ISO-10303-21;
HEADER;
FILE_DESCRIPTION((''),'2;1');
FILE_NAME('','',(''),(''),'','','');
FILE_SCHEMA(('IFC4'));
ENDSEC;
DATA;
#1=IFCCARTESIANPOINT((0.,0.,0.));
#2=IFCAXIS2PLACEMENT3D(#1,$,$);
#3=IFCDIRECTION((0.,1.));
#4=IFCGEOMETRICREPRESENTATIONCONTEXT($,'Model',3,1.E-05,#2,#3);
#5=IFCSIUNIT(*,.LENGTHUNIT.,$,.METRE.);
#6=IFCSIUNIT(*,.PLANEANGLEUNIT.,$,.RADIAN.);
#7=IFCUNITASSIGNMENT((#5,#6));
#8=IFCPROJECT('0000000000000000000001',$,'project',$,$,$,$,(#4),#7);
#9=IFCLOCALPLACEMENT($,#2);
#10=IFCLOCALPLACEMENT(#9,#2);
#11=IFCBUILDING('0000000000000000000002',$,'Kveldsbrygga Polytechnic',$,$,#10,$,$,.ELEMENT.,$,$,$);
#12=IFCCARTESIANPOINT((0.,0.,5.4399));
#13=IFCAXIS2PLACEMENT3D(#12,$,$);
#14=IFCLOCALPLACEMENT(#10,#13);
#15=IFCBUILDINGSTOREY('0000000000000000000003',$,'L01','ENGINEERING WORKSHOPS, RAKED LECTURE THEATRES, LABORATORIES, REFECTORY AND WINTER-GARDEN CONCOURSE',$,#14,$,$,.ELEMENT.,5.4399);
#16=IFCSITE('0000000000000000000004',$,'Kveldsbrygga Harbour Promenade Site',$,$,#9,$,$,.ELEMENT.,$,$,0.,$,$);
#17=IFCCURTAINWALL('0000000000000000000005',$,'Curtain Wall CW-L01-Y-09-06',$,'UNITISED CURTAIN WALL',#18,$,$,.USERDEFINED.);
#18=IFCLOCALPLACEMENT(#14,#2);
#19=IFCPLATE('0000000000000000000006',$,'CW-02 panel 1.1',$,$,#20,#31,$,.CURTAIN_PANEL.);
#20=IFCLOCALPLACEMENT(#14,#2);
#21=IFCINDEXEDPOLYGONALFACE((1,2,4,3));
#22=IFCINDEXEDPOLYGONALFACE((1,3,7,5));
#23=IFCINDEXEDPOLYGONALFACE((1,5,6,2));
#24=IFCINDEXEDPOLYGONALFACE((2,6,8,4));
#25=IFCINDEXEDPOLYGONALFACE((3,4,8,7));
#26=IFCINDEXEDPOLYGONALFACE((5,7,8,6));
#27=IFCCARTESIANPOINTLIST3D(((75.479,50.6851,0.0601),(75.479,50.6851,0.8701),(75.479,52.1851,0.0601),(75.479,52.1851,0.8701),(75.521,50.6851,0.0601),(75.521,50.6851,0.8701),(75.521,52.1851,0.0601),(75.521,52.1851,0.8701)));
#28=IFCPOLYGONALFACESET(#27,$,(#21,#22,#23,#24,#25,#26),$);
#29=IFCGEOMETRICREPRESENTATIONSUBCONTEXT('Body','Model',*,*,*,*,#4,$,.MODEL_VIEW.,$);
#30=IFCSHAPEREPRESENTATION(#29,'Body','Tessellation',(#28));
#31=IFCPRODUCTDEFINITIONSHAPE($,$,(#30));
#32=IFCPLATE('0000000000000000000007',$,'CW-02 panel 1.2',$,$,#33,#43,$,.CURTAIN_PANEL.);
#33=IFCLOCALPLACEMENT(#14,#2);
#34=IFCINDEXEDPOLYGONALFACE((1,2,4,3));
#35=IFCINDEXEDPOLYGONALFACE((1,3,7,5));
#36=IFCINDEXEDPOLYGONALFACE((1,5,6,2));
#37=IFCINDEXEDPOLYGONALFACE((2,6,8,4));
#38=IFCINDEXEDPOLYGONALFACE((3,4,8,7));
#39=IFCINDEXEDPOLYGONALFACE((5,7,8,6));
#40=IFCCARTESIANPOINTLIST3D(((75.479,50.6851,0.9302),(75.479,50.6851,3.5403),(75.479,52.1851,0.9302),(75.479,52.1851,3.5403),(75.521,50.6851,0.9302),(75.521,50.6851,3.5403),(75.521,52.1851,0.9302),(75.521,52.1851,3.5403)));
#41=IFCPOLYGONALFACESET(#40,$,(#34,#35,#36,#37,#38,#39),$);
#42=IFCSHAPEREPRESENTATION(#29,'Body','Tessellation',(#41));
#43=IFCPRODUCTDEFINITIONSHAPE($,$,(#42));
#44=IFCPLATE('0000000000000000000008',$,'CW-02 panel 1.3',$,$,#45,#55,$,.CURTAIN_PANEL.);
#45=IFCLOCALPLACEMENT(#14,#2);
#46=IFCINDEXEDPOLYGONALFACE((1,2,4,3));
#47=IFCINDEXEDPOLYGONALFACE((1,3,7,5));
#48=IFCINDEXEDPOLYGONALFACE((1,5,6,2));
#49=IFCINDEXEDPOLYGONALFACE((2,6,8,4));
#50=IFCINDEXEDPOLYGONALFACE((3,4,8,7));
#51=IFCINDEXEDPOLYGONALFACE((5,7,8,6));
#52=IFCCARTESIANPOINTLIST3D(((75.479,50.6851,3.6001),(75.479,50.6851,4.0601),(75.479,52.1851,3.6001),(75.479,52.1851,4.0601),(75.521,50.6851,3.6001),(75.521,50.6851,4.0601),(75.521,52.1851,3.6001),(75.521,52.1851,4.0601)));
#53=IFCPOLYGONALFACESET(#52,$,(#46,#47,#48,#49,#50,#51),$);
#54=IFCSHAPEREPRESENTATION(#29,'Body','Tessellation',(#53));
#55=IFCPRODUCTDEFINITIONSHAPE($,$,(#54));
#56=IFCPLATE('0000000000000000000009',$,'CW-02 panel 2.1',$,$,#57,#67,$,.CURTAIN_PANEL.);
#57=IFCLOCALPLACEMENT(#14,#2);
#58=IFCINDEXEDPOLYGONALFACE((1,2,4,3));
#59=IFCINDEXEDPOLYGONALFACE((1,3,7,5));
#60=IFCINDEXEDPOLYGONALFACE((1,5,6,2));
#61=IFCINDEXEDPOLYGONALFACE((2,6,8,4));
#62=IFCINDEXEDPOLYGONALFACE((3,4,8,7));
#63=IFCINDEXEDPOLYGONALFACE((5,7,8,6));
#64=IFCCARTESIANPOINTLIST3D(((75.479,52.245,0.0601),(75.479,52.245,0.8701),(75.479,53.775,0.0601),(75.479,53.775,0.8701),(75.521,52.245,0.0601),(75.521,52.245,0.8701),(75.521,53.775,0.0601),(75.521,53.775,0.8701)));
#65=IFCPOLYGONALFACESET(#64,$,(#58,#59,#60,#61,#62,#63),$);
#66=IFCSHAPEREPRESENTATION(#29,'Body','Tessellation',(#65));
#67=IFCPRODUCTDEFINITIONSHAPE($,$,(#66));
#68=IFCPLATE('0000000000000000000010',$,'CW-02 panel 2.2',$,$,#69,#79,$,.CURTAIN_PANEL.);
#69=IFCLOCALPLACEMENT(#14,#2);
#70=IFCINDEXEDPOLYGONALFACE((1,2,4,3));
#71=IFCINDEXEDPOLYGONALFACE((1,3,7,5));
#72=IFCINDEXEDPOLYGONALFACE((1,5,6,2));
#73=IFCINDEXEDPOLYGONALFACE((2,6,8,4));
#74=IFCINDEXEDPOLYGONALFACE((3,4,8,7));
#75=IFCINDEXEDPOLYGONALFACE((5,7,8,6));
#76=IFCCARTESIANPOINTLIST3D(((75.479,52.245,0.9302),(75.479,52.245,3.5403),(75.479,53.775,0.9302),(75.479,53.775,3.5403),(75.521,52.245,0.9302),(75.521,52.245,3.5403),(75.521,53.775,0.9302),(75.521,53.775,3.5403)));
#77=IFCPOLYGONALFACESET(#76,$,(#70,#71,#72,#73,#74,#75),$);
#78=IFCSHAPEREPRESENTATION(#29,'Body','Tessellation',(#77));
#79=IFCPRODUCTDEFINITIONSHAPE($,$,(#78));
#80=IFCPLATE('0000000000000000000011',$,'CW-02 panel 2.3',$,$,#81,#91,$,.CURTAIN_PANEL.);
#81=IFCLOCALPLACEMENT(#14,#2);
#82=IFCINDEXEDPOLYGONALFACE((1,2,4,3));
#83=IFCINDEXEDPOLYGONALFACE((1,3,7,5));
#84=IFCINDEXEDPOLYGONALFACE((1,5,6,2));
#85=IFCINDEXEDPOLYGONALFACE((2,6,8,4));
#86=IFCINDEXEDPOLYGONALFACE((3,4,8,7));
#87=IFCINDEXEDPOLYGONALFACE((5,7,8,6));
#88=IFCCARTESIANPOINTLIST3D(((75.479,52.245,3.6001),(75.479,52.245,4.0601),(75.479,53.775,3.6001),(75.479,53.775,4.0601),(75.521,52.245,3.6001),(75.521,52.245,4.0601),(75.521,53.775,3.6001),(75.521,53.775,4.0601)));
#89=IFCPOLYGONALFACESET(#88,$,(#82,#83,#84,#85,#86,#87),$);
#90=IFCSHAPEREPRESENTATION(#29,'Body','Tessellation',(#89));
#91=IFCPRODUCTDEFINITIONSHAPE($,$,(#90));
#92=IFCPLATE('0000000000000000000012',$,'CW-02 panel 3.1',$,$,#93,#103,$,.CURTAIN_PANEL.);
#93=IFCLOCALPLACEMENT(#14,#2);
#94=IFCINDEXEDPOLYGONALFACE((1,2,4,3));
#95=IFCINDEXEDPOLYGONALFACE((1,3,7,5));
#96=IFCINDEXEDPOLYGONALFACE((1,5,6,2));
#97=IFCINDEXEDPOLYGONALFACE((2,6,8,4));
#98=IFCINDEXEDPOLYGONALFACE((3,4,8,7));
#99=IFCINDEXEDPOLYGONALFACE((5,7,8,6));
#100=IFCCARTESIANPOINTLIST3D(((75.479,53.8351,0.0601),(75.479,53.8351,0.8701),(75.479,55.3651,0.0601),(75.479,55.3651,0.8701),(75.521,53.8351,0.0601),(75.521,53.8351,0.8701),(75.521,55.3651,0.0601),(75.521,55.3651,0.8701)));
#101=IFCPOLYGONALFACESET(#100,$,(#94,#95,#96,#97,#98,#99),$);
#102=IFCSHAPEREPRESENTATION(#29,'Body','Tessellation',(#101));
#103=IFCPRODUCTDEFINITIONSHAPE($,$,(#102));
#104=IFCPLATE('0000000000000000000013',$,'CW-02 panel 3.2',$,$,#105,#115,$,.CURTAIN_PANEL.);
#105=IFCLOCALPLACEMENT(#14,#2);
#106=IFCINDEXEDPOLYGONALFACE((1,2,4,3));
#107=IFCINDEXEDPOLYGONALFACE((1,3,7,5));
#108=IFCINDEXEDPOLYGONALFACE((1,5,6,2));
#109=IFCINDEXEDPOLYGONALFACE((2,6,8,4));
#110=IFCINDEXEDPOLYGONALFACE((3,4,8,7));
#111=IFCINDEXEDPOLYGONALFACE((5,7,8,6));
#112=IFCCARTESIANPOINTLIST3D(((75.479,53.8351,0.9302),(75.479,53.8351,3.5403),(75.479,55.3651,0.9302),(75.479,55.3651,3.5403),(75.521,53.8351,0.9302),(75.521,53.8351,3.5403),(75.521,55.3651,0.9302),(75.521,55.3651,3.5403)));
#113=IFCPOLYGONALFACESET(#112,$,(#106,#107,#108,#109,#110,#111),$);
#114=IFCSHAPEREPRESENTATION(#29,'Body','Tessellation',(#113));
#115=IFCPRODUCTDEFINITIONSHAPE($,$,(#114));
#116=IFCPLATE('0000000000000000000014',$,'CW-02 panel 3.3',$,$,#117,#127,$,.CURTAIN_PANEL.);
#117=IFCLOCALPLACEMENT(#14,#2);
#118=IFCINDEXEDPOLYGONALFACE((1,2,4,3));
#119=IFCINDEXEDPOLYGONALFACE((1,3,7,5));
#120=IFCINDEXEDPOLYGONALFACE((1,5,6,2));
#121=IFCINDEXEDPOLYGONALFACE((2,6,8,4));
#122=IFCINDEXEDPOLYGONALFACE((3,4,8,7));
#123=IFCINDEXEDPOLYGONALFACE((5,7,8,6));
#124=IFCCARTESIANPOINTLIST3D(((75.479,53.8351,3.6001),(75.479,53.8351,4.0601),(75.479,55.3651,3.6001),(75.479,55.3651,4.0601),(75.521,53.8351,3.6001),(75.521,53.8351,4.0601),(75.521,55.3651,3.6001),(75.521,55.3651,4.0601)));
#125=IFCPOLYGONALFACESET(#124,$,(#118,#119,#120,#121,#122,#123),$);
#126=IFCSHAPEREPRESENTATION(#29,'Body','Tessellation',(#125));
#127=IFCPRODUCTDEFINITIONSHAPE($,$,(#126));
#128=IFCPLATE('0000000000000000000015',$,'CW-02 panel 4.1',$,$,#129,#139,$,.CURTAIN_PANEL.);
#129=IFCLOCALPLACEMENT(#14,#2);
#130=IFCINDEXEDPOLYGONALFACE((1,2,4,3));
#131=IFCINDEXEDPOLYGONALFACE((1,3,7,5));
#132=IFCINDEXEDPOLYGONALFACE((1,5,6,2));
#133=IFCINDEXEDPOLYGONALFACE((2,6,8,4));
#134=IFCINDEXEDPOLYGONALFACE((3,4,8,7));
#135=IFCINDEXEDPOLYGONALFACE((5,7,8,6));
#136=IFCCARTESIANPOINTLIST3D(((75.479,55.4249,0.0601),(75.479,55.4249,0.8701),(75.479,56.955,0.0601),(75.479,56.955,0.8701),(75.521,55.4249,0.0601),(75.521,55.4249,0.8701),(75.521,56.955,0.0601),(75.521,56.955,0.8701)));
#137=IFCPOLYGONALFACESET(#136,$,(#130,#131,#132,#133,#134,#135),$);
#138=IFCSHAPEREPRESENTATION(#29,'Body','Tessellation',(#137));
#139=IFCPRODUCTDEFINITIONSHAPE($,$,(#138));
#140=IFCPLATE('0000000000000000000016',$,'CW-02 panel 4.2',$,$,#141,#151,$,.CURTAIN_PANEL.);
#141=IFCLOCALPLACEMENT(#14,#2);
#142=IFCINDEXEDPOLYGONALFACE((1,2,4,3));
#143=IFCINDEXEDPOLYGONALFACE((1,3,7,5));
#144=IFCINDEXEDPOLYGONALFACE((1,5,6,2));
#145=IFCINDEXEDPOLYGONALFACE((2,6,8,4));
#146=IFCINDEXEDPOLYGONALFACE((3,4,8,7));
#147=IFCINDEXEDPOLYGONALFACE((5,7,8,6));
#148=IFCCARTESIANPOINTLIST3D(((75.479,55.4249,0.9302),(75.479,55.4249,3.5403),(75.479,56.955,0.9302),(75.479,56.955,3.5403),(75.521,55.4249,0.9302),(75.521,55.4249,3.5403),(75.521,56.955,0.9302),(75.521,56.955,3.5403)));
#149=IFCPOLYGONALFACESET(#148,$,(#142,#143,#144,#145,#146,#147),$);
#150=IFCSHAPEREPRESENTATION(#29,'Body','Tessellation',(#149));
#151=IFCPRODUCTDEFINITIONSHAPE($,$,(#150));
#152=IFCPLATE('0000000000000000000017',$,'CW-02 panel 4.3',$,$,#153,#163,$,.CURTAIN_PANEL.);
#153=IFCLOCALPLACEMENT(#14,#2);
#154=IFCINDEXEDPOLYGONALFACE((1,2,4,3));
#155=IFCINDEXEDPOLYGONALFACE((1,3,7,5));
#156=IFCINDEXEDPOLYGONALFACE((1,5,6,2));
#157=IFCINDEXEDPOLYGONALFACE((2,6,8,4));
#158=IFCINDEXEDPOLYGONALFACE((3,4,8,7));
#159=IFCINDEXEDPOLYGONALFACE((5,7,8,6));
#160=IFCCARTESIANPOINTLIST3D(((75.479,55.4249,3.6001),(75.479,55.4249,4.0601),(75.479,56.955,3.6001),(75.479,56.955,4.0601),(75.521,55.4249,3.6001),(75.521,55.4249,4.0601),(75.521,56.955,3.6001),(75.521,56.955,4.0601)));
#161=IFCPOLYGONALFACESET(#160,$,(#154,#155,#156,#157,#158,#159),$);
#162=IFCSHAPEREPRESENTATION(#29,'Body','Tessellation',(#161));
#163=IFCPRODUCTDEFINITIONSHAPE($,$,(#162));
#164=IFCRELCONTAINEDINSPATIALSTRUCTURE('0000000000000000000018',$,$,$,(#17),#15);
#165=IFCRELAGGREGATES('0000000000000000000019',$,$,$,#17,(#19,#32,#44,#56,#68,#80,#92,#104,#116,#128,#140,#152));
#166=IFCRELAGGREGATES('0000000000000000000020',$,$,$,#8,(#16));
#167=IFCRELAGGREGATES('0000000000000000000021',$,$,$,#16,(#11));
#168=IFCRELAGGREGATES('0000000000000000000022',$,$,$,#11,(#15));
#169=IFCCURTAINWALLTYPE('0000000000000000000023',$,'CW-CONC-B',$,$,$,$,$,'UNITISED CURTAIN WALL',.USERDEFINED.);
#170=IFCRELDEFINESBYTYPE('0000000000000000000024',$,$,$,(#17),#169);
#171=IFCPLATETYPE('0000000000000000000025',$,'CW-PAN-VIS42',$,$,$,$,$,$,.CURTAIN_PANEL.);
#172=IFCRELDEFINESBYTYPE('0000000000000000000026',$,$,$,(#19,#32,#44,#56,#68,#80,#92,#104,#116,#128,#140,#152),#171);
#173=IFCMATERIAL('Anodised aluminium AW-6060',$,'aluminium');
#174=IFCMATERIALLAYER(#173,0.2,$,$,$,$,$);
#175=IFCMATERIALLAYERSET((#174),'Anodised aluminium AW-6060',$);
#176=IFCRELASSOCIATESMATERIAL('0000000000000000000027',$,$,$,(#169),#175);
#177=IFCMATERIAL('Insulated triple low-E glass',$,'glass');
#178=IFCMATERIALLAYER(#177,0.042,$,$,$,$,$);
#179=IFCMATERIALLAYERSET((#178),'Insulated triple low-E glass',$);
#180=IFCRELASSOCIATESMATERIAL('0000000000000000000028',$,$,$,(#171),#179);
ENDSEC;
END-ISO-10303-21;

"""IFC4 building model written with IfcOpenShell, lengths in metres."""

from ifc_helpers import new_model, si_unit, direction, frame, origin, origin_2d, place, context, subcontext, project, spatial, rectangle, extrude, material, layer, layer_set, type_object, element, aggregate, save


model = new_model("IFC4")

# Units and contexts
model_context = context("Model", 3, precision=1e-05, world=origin(), true_north=direction((0.0, 1.0)))
body_context = subcontext(model_context, "Body", "Model", "MODEL_VIEW")
ifc_project = project(units=[si_unit("LENGTHUNIT", "METRE"), si_unit("PLANEANGLEUNIT", "RADIAN")], contexts=[model_context])

# Site, building, storey
site_placement = place(None, origin())
site = spatial("IfcSite", under=ifc_project, at=site_placement, Name="Kveldsbrygga Harbour Promenade Site", CompositionType="ELEMENT", RefElevation=0.0)
building_placement = place(site_placement, origin())
building = spatial("IfcBuilding", under=site, at=building_placement, Name="Kveldsbrygga Polytechnic", CompositionType="ELEMENT")
storey_placement = place(building_placement, frame((0.0, 0.0, 5.4399)))
storey = spatial("IfcBuildingStorey", under=building, at=storey_placement, Name="L01", Description="ENGINEERING WORKSHOPS, RAKED LECTURE THEATRES, LABORATORIES, REFECTORY AND WINTER-GARDEN CONCOURSE", CompositionType="ELEMENT", Elevation=5.4399)

# Shared definitions
ifc_material_1 = material(Name="Anodised aluminium AW-6060", Category="aluminium")

# Curtain wall
ifc_layer_1 = layer(ifc_material_1, 0.2)
ifc_layer_set_1 = layer_set([ifc_layer_1], Name="Anodised aluminium AW-6060")
curtain_wall_type_1 = type_object("IfcCurtainWallType", Name="CW-CONC-B", ElementType="UNITISED CURTAIN WALL", PredefinedType="USERDEFINED", material=ifc_layer_set_1)
curtain_wall_1_placement = place(storey_placement, origin())
curtain_wall_1 = element("IfcCurtainWall", 1, at=curtain_wall_1_placement, inside=storey, type_object=curtain_wall_type_1, Name="Curtain Wall CW-L01-Y-09-06", ObjectType="UNITISED CURTAIN WALL", PredefinedType="USERDEFINED")

# Plates
ifc_material_2 = material(Name="Insulated triple low-E glass", Category="glass")
ifc_layer_2 = layer(ifc_material_2, 0.042)
ifc_layer_set_2 = layer_set([ifc_layer_2], Name="Insulated triple low-E glass")
plate_type_1 = type_object("IfcPlateType", Name="CW-PAN-VIS42", PredefinedType="CURTAIN_PANEL", material=ifc_layer_set_2)
plate_1_placement = place(storey_placement, frame((75.5, 51.4351, 0.0601), z_axis=(0.0, 0.0, 1.0), x_axis=(0.0, 1.0, 0.0)))
plate_1 = element("IfcPlate", 2, at=plate_1_placement, type_object=plate_type_1, Name="CW-02 panel 1.1", PredefinedType="CURTAIN_PANEL", context=body_context, shape_type="SweptSolid", body=[
    extrude(rectangle(XDim=1.5, YDim=0.042, at=origin_2d()), origin(), (0.0, 0.0, 1.0), 0.8101),
])
plate_2_placement = place(storey_placement, frame((75.5, 51.4351, 0.9302), z_axis=(0.0, 0.0, 1.0), x_axis=(0.0, 1.0, 0.0)))
plate_2 = element("IfcPlate", 3, at=plate_2_placement, type_object=plate_type_1, Name="CW-02 panel 1.2", PredefinedType="CURTAIN_PANEL", context=body_context, shape_type="SweptSolid", body=[
    extrude(rectangle(XDim=1.5, YDim=0.042, at=origin_2d()), origin(), (0.0, 0.0, 1.0), 2.6101),
])
plate_3_placement = place(storey_placement, frame((75.5, 51.4351, 3.6001), z_axis=(0.0, 0.0, 1.0), x_axis=(0.0, 1.0, 0.0)))
plate_3 = element("IfcPlate", 4, at=plate_3_placement, type_object=plate_type_1, Name="CW-02 panel 1.3", PredefinedType="CURTAIN_PANEL", context=body_context, shape_type="SweptSolid", body=[
    extrude(rectangle(XDim=1.5, YDim=0.042, at=origin_2d()), origin(), (0.0, 0.0, 1.0), 0.46),
])
plate_4_placement = place(storey_placement, frame((75.5, 53.01, 0.0601), z_axis=(0.0, 0.0, 1.0), x_axis=(0.0, 1.0, 0.0)))
plate_4 = element("IfcPlate", 5, at=plate_4_placement, type_object=plate_type_1, Name="CW-02 panel 2.1", PredefinedType="CURTAIN_PANEL", context=body_context, shape_type="SweptSolid", body=[
    extrude(rectangle(XDim=1.53, YDim=0.042, at=origin_2d()), origin(), (0.0, 0.0, 1.0), 0.8101),
])
plate_5_placement = place(storey_placement, frame((75.5, 53.01, 0.9302), z_axis=(0.0, 0.0, 1.0), x_axis=(0.0, 1.0, 0.0)))
plate_5 = element("IfcPlate", 6, at=plate_5_placement, type_object=plate_type_1, Name="CW-02 panel 2.2", PredefinedType="CURTAIN_PANEL", context=body_context, shape_type="SweptSolid", body=[
    extrude(rectangle(XDim=1.53, YDim=0.042, at=origin_2d()), origin(), (0.0, 0.0, 1.0), 2.6101),
])
plate_6_placement = place(storey_placement, frame((75.5, 53.01, 3.6001), z_axis=(0.0, 0.0, 1.0), x_axis=(0.0, 1.0, 0.0)))
plate_6 = element("IfcPlate", 7, at=plate_6_placement, type_object=plate_type_1, Name="CW-02 panel 2.3", PredefinedType="CURTAIN_PANEL", context=body_context, shape_type="SweptSolid", body=[
    extrude(rectangle(XDim=1.53, YDim=0.042, at=origin_2d()), origin(), (0.0, 0.0, 1.0), 0.46),
])
plate_7_placement = place(storey_placement, frame((75.5, 54.6001, 0.0601), z_axis=(0.0, 0.0, 1.0), x_axis=(0.0, 1.0, 0.0)))
plate_7 = element("IfcPlate", 8, at=plate_7_placement, type_object=plate_type_1, Name="CW-02 panel 3.1", PredefinedType="CURTAIN_PANEL", context=body_context, shape_type="SweptSolid", body=[
    extrude(rectangle(XDim=1.53, YDim=0.042, at=origin_2d()), origin(), (0.0, 0.0, 1.0), 0.8101),
])
plate_8_placement = place(storey_placement, frame((75.5, 54.6001, 0.9302), z_axis=(0.0, 0.0, 1.0), x_axis=(0.0, 1.0, 0.0)))
plate_8 = element("IfcPlate", 9, at=plate_8_placement, type_object=plate_type_1, Name="CW-02 panel 3.2", PredefinedType="CURTAIN_PANEL", context=body_context, shape_type="SweptSolid", body=[
    extrude(rectangle(XDim=1.53, YDim=0.042, at=origin_2d()), origin(), (0.0, 0.0, 1.0), 2.6101),
])
plate_9_placement = place(storey_placement, frame((75.5, 54.6001, 3.6001), z_axis=(0.0, 0.0, 1.0), x_axis=(0.0, 1.0, 0.0)))
plate_9 = element("IfcPlate", 10, at=plate_9_placement, type_object=plate_type_1, Name="CW-02 panel 3.3", PredefinedType="CURTAIN_PANEL", context=body_context, shape_type="SweptSolid", body=[
    extrude(rectangle(XDim=1.53, YDim=0.042, at=origin_2d()), origin(), (0.0, 0.0, 1.0), 0.46),
])
plate_10_placement = place(storey_placement, frame((75.5, 56.1899, 0.0601), z_axis=(0.0, 0.0, 1.0), x_axis=(0.0, 1.0, 0.0)))
plate_10 = element("IfcPlate", 11, at=plate_10_placement, type_object=plate_type_1, Name="CW-02 panel 4.1", PredefinedType="CURTAIN_PANEL", context=body_context, shape_type="SweptSolid", body=[
    extrude(rectangle(XDim=1.53, YDim=0.042, at=origin_2d()), origin(), (0.0, 0.0, 1.0), 0.8101),
])
plate_11_placement = place(storey_placement, frame((75.5, 56.1899, 0.9302), z_axis=(0.0, 0.0, 1.0), x_axis=(0.0, 1.0, 0.0)))
plate_11 = element("IfcPlate", 12, at=plate_11_placement, type_object=plate_type_1, Name="CW-02 panel 4.2", PredefinedType="CURTAIN_PANEL", context=body_context, shape_type="SweptSolid", body=[
    extrude(rectangle(XDim=1.53, YDim=0.042, at=origin_2d()), origin(), (0.0, 0.0, 1.0), 2.6101),
])
plate_12_placement = place(storey_placement, frame((75.5, 56.1899, 3.6001), z_axis=(0.0, 0.0, 1.0), x_axis=(0.0, 1.0, 0.0)))
plate_12 = element("IfcPlate", 13, at=plate_12_placement, type_object=plate_type_1, Name="CW-02 panel 4.3", PredefinedType="CURTAIN_PANEL", context=body_context, shape_type="SweptSolid", body=[
    extrude(rectangle(XDim=1.53, YDim=0.042, at=origin_2d()), origin(), (0.0, 0.0, 1.0), 0.46),
])
aggregate(curtain_wall_1, [plate_1, plate_2, plate_3, plate_4, plate_5, plate_6, plate_7, plate_8, plate_9, plate_10, plate_11, plate_12])

save(model, "model.ifc")
